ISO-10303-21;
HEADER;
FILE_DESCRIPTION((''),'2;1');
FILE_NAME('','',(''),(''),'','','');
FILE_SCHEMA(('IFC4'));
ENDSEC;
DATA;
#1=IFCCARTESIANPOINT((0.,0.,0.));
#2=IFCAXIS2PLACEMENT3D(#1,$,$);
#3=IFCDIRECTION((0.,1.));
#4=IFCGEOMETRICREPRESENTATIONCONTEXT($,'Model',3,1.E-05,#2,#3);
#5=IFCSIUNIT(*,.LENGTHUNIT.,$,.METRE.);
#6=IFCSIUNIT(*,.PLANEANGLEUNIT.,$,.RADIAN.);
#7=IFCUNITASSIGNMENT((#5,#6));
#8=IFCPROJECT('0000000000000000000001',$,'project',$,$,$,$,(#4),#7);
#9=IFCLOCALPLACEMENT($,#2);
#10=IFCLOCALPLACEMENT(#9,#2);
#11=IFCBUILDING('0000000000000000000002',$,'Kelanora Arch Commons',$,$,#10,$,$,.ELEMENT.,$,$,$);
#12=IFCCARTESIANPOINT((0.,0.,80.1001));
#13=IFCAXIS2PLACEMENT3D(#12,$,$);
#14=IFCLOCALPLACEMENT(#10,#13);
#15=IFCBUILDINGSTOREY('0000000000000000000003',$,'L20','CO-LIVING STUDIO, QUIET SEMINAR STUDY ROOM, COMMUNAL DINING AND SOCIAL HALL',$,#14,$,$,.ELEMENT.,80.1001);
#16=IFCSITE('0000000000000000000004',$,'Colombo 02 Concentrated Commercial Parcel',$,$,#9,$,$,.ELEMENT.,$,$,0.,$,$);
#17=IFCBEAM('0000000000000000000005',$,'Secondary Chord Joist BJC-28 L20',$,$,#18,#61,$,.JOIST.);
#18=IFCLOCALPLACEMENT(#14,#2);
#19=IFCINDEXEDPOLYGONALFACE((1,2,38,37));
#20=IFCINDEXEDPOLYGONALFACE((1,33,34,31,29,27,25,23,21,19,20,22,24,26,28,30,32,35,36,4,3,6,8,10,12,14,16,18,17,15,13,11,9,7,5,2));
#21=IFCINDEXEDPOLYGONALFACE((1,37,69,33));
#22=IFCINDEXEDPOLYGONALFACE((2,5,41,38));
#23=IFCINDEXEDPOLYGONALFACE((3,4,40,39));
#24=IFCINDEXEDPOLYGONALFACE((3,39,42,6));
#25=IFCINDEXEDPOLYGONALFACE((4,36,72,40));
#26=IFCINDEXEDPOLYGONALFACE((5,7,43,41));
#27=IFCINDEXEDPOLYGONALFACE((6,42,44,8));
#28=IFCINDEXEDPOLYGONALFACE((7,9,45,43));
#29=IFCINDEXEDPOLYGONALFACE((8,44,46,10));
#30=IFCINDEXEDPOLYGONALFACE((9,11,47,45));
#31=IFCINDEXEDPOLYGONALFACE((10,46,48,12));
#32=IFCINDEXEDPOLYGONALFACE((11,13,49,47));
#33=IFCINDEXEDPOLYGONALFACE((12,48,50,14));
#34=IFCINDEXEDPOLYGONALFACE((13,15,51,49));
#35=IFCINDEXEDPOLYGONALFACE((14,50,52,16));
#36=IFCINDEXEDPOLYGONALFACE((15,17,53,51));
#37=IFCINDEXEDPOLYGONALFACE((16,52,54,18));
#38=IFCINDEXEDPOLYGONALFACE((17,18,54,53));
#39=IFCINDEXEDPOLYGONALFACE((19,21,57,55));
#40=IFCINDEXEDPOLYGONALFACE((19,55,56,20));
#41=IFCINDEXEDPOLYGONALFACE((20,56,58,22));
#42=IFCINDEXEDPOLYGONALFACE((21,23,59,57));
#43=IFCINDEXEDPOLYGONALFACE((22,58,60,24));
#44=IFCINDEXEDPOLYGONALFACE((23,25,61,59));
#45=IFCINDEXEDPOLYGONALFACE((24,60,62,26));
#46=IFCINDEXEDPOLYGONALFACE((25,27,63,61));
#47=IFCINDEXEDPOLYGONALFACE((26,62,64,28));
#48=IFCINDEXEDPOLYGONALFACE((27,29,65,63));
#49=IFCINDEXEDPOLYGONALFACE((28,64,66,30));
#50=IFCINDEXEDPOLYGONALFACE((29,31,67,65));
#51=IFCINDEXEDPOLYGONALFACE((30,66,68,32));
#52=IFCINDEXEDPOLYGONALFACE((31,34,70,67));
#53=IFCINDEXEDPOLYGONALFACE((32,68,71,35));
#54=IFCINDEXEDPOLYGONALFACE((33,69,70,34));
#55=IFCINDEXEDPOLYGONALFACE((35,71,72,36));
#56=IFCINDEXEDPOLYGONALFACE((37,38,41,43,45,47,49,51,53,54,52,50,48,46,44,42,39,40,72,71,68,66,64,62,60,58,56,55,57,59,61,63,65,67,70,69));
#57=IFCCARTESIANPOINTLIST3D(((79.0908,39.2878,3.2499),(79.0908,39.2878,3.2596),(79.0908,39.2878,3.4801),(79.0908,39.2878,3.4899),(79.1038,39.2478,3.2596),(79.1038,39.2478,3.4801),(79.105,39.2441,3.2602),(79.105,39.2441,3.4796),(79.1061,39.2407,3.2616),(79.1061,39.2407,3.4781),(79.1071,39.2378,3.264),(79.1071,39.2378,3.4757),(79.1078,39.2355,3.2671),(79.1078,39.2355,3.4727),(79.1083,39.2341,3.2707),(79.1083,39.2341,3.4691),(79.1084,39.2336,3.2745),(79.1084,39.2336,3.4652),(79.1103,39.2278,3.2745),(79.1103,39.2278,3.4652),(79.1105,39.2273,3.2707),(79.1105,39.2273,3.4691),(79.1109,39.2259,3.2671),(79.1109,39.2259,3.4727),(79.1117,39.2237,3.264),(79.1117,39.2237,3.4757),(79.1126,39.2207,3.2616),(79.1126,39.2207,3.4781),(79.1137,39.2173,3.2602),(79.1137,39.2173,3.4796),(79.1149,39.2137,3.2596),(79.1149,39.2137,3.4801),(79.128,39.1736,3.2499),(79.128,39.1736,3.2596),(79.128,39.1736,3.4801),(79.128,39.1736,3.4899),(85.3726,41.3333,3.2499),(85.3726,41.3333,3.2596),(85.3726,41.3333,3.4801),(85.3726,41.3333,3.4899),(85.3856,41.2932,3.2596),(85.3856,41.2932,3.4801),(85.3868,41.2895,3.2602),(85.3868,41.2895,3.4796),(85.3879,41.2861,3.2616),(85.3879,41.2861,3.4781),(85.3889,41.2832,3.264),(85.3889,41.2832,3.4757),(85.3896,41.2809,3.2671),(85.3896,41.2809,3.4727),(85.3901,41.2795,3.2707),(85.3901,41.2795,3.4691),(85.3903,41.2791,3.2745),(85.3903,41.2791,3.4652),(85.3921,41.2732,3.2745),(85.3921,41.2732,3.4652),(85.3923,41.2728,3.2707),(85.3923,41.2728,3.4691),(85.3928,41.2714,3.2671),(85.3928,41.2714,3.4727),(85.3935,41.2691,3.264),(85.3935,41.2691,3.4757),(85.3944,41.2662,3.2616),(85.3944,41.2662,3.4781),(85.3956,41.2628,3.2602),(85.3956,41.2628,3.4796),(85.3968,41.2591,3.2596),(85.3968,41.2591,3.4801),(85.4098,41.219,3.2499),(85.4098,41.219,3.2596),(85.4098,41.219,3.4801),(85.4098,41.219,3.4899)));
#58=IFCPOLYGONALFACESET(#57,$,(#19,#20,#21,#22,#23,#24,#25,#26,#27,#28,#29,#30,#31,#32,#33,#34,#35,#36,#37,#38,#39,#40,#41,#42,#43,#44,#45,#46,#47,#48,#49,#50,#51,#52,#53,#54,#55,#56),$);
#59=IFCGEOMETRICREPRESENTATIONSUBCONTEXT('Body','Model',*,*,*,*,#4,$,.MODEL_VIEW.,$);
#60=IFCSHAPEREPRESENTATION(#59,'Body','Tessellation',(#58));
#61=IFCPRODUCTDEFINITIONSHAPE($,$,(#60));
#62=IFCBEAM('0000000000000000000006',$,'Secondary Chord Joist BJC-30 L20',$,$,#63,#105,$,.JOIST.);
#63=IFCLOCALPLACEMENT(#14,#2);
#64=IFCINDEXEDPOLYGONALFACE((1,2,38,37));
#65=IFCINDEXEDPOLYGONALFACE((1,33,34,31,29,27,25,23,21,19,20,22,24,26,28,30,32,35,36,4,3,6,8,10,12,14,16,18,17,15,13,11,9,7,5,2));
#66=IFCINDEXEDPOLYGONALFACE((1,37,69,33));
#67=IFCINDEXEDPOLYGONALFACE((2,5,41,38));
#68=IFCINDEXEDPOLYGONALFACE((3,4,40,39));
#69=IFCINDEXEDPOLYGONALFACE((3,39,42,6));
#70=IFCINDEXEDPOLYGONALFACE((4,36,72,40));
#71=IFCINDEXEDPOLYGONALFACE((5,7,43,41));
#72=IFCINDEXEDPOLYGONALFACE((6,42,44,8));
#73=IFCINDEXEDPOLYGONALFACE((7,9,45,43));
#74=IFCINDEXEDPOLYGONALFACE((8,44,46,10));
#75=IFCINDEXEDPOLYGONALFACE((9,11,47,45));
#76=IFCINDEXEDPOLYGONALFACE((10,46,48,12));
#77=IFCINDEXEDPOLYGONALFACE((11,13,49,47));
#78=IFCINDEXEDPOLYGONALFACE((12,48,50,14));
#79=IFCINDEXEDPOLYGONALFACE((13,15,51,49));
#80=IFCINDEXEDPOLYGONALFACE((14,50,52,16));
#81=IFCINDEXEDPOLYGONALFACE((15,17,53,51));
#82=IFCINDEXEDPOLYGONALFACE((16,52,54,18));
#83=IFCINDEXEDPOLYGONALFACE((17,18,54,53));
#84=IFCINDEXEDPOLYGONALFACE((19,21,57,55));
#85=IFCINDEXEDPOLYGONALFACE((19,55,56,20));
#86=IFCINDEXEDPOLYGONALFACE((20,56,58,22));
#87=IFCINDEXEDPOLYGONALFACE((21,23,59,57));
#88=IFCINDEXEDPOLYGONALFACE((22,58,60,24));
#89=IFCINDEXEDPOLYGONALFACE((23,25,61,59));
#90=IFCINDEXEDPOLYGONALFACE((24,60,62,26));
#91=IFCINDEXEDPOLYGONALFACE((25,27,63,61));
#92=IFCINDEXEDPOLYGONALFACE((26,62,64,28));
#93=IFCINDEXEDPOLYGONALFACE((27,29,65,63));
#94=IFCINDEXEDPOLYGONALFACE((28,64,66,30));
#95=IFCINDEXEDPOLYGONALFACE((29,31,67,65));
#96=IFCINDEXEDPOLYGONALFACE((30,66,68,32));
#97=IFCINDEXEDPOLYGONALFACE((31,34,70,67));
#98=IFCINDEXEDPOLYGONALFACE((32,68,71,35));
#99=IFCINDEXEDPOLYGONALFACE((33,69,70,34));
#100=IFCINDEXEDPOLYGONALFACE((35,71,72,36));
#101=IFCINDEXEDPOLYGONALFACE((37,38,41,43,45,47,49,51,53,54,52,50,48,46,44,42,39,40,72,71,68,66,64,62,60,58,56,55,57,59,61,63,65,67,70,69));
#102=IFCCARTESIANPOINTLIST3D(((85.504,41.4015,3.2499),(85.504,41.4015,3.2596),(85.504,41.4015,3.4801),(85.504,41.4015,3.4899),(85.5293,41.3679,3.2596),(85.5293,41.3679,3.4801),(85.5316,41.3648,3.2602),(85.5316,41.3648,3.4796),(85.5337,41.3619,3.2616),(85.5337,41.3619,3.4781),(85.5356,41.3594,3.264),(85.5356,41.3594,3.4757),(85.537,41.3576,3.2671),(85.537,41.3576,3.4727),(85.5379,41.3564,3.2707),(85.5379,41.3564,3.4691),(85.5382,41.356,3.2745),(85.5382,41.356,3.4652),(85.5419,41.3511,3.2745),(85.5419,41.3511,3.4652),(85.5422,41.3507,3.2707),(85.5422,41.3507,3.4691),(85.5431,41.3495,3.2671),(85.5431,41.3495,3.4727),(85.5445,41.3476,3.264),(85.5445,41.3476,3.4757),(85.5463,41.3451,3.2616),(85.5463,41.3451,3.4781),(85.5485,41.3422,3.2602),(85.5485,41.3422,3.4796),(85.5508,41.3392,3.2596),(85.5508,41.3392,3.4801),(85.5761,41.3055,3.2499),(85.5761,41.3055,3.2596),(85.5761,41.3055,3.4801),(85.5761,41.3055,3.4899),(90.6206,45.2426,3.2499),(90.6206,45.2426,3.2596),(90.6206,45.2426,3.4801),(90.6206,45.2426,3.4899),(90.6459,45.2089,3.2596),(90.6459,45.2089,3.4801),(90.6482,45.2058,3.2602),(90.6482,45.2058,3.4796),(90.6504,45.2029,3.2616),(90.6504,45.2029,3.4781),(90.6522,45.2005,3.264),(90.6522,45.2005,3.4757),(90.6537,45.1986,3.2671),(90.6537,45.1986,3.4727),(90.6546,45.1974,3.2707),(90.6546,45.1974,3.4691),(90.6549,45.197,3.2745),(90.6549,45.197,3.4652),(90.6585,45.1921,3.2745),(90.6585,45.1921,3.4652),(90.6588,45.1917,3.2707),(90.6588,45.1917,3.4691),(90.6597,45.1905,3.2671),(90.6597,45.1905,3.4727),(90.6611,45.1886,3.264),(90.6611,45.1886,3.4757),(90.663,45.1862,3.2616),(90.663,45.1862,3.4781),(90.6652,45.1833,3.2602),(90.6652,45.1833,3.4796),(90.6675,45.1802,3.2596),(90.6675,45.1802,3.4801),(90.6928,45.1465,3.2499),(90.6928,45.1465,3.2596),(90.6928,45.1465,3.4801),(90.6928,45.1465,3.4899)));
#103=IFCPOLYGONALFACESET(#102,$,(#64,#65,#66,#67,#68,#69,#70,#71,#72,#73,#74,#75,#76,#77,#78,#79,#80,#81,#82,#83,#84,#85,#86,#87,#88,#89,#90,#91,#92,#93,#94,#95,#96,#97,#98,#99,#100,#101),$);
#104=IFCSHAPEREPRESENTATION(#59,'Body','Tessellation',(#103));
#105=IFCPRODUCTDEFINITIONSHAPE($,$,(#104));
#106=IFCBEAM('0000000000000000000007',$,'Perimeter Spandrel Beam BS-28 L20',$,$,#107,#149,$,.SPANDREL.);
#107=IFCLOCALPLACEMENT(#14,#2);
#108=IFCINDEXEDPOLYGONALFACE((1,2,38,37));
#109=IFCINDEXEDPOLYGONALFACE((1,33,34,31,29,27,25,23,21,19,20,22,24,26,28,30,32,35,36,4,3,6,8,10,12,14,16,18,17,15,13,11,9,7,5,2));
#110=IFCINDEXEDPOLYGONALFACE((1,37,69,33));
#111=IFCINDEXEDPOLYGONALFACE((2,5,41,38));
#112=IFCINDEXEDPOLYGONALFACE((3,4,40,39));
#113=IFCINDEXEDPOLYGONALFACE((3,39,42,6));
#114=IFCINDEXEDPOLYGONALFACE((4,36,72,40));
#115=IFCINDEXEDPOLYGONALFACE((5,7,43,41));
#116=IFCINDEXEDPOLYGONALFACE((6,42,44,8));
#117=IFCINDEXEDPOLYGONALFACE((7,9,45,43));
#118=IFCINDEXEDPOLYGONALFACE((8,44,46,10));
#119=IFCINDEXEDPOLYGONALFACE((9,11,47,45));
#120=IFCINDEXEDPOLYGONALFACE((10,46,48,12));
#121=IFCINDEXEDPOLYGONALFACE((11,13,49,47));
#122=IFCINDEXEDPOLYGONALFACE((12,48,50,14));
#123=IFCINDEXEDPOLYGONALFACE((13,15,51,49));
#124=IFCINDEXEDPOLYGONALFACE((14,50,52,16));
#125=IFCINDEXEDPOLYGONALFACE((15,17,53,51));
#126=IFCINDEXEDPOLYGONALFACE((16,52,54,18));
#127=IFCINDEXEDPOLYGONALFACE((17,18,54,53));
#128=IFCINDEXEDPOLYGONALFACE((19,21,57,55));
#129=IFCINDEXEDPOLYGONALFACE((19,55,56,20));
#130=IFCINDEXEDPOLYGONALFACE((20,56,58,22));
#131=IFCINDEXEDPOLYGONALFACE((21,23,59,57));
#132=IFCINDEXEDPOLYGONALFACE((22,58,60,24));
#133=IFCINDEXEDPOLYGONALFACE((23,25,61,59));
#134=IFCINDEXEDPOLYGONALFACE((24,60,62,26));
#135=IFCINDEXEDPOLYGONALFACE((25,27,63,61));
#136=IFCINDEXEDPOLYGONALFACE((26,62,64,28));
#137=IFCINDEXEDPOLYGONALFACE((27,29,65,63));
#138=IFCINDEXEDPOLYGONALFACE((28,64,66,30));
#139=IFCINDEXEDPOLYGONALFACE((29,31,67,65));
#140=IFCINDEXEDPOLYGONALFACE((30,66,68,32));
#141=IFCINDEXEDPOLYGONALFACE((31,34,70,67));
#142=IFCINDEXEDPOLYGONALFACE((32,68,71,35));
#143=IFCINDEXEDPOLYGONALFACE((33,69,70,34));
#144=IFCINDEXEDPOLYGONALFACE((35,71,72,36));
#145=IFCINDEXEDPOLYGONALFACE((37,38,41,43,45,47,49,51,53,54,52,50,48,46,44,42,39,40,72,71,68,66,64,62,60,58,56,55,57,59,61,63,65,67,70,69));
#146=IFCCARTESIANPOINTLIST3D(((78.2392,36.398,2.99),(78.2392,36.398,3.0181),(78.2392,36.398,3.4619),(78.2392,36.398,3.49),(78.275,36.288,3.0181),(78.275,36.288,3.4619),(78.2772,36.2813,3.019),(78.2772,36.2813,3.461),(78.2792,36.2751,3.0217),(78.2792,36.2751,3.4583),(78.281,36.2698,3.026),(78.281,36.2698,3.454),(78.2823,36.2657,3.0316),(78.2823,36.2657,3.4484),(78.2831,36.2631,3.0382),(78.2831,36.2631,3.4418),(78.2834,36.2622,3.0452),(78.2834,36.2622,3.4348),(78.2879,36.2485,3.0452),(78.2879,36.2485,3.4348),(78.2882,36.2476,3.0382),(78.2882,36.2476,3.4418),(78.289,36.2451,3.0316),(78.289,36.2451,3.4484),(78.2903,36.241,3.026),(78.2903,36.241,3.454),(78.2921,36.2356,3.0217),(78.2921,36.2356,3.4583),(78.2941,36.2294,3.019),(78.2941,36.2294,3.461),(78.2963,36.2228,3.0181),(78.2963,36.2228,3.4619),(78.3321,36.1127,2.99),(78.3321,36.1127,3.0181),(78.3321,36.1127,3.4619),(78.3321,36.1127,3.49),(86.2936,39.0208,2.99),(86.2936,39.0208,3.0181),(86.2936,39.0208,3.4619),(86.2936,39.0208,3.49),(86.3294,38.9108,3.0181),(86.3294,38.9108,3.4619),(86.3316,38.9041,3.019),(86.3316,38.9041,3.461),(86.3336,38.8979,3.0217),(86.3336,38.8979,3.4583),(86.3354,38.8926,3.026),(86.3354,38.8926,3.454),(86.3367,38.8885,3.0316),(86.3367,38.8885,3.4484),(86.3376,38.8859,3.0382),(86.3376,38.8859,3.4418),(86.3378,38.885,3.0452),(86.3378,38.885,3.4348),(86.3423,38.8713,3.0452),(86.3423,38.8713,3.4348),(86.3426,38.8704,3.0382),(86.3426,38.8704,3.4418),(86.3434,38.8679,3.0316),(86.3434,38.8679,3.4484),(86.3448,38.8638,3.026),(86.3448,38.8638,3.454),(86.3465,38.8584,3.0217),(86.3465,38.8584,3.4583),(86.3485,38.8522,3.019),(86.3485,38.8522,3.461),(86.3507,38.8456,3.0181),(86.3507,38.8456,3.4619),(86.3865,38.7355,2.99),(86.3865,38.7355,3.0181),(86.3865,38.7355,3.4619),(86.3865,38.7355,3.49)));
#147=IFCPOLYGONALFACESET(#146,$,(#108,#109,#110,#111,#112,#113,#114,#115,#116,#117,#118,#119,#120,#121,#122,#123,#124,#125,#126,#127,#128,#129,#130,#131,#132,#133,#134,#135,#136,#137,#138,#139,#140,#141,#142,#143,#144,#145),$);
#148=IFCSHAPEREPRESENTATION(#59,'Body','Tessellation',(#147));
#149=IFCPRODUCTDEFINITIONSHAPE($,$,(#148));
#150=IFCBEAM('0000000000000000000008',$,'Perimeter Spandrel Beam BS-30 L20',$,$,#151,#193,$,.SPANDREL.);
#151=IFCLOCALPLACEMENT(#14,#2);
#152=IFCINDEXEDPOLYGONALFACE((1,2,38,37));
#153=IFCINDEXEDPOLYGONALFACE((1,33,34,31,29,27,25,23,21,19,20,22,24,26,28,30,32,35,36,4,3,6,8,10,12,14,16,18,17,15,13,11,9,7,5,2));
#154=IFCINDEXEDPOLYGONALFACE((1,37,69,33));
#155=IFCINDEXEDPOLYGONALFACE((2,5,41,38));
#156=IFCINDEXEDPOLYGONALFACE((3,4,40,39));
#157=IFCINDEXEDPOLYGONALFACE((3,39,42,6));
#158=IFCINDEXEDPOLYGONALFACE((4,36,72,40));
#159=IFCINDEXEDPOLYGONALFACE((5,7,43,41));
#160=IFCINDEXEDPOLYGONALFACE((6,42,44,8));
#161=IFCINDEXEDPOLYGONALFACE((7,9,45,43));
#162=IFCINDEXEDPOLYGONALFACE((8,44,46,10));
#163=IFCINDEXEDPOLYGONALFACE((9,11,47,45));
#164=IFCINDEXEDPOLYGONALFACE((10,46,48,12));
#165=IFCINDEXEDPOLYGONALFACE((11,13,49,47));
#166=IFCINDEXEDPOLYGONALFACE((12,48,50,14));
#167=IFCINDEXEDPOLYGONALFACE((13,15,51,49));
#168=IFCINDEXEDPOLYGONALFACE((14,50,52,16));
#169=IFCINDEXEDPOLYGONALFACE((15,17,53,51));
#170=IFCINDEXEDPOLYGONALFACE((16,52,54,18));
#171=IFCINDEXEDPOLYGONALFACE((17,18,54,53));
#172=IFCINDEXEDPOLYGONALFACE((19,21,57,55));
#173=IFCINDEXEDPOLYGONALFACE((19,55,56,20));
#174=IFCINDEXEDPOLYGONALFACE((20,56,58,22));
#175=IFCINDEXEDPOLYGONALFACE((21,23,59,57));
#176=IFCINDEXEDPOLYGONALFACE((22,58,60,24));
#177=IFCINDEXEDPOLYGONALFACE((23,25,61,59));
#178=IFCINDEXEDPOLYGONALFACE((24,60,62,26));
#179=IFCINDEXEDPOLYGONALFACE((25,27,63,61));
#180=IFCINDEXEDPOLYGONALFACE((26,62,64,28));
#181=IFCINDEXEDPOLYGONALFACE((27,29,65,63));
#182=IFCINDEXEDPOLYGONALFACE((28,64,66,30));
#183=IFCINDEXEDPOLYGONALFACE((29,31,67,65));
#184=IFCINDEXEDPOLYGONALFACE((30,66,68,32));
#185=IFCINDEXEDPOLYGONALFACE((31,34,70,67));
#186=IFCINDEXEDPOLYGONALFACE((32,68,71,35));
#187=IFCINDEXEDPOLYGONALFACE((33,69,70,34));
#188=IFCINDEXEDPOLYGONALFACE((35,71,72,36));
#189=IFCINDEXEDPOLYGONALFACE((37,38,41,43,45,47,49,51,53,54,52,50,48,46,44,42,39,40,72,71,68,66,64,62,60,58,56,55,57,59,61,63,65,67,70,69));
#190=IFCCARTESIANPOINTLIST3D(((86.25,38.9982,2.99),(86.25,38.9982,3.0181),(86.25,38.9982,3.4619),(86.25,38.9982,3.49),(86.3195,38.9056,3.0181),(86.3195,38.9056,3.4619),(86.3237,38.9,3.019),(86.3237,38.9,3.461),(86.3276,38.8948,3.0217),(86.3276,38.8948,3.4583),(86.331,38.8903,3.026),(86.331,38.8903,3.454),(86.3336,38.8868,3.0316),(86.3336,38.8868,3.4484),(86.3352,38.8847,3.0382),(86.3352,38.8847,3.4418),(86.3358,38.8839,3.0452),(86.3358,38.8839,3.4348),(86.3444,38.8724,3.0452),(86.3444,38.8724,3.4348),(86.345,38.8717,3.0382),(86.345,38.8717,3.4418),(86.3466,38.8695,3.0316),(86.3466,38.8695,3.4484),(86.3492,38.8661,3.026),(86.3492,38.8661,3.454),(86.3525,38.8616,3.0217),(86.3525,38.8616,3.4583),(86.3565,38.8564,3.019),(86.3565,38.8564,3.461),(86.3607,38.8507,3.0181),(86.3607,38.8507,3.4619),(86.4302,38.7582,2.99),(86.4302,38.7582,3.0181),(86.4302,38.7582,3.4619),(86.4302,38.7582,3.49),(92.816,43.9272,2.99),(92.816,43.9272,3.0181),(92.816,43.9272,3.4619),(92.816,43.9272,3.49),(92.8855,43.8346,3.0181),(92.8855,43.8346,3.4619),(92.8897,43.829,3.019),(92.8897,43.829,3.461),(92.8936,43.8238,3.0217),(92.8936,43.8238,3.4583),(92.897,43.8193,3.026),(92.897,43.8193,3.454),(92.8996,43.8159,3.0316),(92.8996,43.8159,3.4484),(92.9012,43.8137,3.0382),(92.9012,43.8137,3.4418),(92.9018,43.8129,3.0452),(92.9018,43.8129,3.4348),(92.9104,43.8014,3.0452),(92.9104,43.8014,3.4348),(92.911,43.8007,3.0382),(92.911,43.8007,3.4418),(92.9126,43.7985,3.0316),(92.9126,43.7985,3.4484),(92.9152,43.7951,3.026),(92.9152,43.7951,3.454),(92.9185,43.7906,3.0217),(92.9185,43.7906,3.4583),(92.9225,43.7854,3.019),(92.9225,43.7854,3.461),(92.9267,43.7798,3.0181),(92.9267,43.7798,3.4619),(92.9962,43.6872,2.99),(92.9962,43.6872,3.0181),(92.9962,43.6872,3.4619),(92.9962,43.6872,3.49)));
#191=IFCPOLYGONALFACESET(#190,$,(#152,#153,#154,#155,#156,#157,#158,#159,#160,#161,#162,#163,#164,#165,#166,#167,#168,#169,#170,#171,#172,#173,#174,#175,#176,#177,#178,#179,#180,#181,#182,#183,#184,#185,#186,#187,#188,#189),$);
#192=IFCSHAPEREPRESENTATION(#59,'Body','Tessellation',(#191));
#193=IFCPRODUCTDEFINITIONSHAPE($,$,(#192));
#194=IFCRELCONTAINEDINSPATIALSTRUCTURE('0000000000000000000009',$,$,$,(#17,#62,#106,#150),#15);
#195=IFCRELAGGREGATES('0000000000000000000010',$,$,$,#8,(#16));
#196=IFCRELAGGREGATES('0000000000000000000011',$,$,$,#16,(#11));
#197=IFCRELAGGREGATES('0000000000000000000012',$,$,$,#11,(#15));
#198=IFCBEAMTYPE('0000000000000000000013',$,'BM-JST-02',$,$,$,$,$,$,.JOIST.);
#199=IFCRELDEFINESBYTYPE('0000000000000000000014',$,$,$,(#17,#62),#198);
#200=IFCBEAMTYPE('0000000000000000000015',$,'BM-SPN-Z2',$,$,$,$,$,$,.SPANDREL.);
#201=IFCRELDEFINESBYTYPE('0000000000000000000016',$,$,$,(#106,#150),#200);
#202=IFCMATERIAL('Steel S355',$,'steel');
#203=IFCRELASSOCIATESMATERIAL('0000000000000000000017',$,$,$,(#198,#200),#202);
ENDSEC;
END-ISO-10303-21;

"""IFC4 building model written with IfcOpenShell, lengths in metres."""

from ifc_helpers import new_model, si_unit, direction, frame, origin, origin_2d, place, context, subcontext, project, spatial, i_section, extrude, material, material_profile, profile_set, type_object, element, save


model = new_model("IFC4")

# Units and contexts
model_context = context("Model", 3, precision=1e-05, world=origin(), true_north=direction((0.0, 1.0)))
body_context = subcontext(model_context, "Body", "Model", "MODEL_VIEW")
ifc_project = project(units=[si_unit("LENGTHUNIT", "METRE"), si_unit("PLANEANGLEUNIT", "RADIAN")], contexts=[model_context])

# Site, building, storey
site_placement = place(None, origin())
site = spatial("IfcSite", under=ifc_project, at=site_placement, Name="Colombo 02 Concentrated Commercial Parcel", CompositionType="ELEMENT", RefElevation=0.0)
building_placement = place(site_placement, origin())
building = spatial("IfcBuilding", under=site, at=building_placement, Name="Kelanora Arch Commons", CompositionType="ELEMENT")
storey_placement = place(building_placement, frame((0.0, 0.0, 80.1001)))
storey = spatial("IfcBuildingStorey", under=building, at=storey_placement, Name="L20", Description="CO-LIVING STUDIO, QUIET SEMINAR STUDY ROOM, COMMUNAL DINING AND SOCIAL HALL", CompositionType="ELEMENT", Elevation=80.1001)

# Beams
ifc_material_1 = material(Name="Steel S355", Category="steel")
ifc_material_profile_1 = material_profile(ifc_material_1, i_section(OverallWidth=0.1201, OverallDepth=0.24, WebThickness=0.0061, FlangeThickness=0.0098, FilletRadius=0.0149, at=origin_2d()), Name="IPE240")
ifc_profile_set_1 = profile_set([ifc_material_profile_1], Name="Steel S355")
beam_type_1 = type_object("IfcBeamType", Name="BM-JST-02", PredefinedType="JOIST", material=ifc_profile_set_1)
beam_1_placement = place(storey_placement, frame((79.1094, 39.2307, 3.3699), z_axis=(0.950863, 0.309612, 0.0), x_axis=(-0.309612, 0.950863, 0.0)))
element("IfcBeam", 1, at=beam_1_placement, inside=storey, type_object=beam_type_1, Name="Secondary Chord Joist BJC-28 L20", PredefinedType="JOIST", context=body_context, shape_type="SweptSolid", body=[
    extrude(i_section(OverallWidth=0.1201, OverallDepth=0.24, WebThickness=0.0061, FlangeThickness=0.0098, FilletRadius=0.0149, at=origin_2d()), origin(), (0.0, 0.0, 1.0), 6.6064),
])
beam_2_placement = place(storey_placement, frame((85.54, 41.3535, 3.3699), z_axis=(0.799734, 0.600354, 0.0), x_axis=(-0.600354, 0.799734, 0.0)))
element("IfcBeam", 2, at=beam_2_placement, inside=storey, type_object=beam_type_1, Name="Secondary Chord Joist BJC-30 L20", PredefinedType="JOIST", context=body_context, shape_type="SweptSolid", body=[
    extrude(i_section(OverallWidth=0.1201, OverallDepth=0.24, WebThickness=0.0061, FlangeThickness=0.0098, FilletRadius=0.0149, at=origin_2d()), origin(), (0.0, 0.0, 1.0), 6.3979),
])
ifc_material_profile_2 = material_profile(ifc_material_1, i_section(OverallWidth=0.3, OverallDepth=0.5, WebThickness=0.0144, FlangeThickness=0.0281, FilletRadius=0.0271, at=origin_2d()), Name="HEB500")
ifc_profile_set_2 = profile_set([ifc_material_profile_2], Name="Steel S355")
beam_type_2 = type_object("IfcBeamType", Name="BM-SPN-Z2", PredefinedType="SPANDREL", material=ifc_profile_set_2)
beam_3_placement = place(storey_placement, frame((78.2856, 36.2554, 3.24), z_axis=(0.950857, 0.309631, 0.0), x_axis=(-0.309631, 0.950857, 0.0)))
element("IfcBeam", 3, at=beam_3_placement, inside=storey, type_object=beam_type_2, Name="Perimeter Spandrel Beam BS-28 L20", PredefinedType="SPANDREL", context=body_context, shape_type="SweptSolid", body=[
    extrude(i_section(OverallWidth=0.3, OverallDepth=0.5, WebThickness=0.0144, FlangeThickness=0.0281, FilletRadius=0.0271, at=origin_2d()), origin(), (0.0, 0.0, 1.0), 8.4707),
])
beam_4_placement = place(storey_placement, frame((86.3401, 38.8782, 3.24), z_axis=(0.799736, 0.600352, 0.0), x_axis=(-0.600352, 0.799736, 0.0)))
element("IfcBeam", 4, at=beam_4_placement, inside=storey, type_object=beam_type_2, Name="Perimeter Spandrel Beam BS-30 L20", PredefinedType="SPANDREL", context=body_context, shape_type="SweptSolid", body=[
    extrude(i_section(OverallWidth=0.3, OverallDepth=0.5, WebThickness=0.0144, FlangeThickness=0.0281, FilletRadius=0.0271, at=origin_2d()), origin(), (0.0, 0.0, 1.0), 8.2102),
])

save(model, "model.ifc")
